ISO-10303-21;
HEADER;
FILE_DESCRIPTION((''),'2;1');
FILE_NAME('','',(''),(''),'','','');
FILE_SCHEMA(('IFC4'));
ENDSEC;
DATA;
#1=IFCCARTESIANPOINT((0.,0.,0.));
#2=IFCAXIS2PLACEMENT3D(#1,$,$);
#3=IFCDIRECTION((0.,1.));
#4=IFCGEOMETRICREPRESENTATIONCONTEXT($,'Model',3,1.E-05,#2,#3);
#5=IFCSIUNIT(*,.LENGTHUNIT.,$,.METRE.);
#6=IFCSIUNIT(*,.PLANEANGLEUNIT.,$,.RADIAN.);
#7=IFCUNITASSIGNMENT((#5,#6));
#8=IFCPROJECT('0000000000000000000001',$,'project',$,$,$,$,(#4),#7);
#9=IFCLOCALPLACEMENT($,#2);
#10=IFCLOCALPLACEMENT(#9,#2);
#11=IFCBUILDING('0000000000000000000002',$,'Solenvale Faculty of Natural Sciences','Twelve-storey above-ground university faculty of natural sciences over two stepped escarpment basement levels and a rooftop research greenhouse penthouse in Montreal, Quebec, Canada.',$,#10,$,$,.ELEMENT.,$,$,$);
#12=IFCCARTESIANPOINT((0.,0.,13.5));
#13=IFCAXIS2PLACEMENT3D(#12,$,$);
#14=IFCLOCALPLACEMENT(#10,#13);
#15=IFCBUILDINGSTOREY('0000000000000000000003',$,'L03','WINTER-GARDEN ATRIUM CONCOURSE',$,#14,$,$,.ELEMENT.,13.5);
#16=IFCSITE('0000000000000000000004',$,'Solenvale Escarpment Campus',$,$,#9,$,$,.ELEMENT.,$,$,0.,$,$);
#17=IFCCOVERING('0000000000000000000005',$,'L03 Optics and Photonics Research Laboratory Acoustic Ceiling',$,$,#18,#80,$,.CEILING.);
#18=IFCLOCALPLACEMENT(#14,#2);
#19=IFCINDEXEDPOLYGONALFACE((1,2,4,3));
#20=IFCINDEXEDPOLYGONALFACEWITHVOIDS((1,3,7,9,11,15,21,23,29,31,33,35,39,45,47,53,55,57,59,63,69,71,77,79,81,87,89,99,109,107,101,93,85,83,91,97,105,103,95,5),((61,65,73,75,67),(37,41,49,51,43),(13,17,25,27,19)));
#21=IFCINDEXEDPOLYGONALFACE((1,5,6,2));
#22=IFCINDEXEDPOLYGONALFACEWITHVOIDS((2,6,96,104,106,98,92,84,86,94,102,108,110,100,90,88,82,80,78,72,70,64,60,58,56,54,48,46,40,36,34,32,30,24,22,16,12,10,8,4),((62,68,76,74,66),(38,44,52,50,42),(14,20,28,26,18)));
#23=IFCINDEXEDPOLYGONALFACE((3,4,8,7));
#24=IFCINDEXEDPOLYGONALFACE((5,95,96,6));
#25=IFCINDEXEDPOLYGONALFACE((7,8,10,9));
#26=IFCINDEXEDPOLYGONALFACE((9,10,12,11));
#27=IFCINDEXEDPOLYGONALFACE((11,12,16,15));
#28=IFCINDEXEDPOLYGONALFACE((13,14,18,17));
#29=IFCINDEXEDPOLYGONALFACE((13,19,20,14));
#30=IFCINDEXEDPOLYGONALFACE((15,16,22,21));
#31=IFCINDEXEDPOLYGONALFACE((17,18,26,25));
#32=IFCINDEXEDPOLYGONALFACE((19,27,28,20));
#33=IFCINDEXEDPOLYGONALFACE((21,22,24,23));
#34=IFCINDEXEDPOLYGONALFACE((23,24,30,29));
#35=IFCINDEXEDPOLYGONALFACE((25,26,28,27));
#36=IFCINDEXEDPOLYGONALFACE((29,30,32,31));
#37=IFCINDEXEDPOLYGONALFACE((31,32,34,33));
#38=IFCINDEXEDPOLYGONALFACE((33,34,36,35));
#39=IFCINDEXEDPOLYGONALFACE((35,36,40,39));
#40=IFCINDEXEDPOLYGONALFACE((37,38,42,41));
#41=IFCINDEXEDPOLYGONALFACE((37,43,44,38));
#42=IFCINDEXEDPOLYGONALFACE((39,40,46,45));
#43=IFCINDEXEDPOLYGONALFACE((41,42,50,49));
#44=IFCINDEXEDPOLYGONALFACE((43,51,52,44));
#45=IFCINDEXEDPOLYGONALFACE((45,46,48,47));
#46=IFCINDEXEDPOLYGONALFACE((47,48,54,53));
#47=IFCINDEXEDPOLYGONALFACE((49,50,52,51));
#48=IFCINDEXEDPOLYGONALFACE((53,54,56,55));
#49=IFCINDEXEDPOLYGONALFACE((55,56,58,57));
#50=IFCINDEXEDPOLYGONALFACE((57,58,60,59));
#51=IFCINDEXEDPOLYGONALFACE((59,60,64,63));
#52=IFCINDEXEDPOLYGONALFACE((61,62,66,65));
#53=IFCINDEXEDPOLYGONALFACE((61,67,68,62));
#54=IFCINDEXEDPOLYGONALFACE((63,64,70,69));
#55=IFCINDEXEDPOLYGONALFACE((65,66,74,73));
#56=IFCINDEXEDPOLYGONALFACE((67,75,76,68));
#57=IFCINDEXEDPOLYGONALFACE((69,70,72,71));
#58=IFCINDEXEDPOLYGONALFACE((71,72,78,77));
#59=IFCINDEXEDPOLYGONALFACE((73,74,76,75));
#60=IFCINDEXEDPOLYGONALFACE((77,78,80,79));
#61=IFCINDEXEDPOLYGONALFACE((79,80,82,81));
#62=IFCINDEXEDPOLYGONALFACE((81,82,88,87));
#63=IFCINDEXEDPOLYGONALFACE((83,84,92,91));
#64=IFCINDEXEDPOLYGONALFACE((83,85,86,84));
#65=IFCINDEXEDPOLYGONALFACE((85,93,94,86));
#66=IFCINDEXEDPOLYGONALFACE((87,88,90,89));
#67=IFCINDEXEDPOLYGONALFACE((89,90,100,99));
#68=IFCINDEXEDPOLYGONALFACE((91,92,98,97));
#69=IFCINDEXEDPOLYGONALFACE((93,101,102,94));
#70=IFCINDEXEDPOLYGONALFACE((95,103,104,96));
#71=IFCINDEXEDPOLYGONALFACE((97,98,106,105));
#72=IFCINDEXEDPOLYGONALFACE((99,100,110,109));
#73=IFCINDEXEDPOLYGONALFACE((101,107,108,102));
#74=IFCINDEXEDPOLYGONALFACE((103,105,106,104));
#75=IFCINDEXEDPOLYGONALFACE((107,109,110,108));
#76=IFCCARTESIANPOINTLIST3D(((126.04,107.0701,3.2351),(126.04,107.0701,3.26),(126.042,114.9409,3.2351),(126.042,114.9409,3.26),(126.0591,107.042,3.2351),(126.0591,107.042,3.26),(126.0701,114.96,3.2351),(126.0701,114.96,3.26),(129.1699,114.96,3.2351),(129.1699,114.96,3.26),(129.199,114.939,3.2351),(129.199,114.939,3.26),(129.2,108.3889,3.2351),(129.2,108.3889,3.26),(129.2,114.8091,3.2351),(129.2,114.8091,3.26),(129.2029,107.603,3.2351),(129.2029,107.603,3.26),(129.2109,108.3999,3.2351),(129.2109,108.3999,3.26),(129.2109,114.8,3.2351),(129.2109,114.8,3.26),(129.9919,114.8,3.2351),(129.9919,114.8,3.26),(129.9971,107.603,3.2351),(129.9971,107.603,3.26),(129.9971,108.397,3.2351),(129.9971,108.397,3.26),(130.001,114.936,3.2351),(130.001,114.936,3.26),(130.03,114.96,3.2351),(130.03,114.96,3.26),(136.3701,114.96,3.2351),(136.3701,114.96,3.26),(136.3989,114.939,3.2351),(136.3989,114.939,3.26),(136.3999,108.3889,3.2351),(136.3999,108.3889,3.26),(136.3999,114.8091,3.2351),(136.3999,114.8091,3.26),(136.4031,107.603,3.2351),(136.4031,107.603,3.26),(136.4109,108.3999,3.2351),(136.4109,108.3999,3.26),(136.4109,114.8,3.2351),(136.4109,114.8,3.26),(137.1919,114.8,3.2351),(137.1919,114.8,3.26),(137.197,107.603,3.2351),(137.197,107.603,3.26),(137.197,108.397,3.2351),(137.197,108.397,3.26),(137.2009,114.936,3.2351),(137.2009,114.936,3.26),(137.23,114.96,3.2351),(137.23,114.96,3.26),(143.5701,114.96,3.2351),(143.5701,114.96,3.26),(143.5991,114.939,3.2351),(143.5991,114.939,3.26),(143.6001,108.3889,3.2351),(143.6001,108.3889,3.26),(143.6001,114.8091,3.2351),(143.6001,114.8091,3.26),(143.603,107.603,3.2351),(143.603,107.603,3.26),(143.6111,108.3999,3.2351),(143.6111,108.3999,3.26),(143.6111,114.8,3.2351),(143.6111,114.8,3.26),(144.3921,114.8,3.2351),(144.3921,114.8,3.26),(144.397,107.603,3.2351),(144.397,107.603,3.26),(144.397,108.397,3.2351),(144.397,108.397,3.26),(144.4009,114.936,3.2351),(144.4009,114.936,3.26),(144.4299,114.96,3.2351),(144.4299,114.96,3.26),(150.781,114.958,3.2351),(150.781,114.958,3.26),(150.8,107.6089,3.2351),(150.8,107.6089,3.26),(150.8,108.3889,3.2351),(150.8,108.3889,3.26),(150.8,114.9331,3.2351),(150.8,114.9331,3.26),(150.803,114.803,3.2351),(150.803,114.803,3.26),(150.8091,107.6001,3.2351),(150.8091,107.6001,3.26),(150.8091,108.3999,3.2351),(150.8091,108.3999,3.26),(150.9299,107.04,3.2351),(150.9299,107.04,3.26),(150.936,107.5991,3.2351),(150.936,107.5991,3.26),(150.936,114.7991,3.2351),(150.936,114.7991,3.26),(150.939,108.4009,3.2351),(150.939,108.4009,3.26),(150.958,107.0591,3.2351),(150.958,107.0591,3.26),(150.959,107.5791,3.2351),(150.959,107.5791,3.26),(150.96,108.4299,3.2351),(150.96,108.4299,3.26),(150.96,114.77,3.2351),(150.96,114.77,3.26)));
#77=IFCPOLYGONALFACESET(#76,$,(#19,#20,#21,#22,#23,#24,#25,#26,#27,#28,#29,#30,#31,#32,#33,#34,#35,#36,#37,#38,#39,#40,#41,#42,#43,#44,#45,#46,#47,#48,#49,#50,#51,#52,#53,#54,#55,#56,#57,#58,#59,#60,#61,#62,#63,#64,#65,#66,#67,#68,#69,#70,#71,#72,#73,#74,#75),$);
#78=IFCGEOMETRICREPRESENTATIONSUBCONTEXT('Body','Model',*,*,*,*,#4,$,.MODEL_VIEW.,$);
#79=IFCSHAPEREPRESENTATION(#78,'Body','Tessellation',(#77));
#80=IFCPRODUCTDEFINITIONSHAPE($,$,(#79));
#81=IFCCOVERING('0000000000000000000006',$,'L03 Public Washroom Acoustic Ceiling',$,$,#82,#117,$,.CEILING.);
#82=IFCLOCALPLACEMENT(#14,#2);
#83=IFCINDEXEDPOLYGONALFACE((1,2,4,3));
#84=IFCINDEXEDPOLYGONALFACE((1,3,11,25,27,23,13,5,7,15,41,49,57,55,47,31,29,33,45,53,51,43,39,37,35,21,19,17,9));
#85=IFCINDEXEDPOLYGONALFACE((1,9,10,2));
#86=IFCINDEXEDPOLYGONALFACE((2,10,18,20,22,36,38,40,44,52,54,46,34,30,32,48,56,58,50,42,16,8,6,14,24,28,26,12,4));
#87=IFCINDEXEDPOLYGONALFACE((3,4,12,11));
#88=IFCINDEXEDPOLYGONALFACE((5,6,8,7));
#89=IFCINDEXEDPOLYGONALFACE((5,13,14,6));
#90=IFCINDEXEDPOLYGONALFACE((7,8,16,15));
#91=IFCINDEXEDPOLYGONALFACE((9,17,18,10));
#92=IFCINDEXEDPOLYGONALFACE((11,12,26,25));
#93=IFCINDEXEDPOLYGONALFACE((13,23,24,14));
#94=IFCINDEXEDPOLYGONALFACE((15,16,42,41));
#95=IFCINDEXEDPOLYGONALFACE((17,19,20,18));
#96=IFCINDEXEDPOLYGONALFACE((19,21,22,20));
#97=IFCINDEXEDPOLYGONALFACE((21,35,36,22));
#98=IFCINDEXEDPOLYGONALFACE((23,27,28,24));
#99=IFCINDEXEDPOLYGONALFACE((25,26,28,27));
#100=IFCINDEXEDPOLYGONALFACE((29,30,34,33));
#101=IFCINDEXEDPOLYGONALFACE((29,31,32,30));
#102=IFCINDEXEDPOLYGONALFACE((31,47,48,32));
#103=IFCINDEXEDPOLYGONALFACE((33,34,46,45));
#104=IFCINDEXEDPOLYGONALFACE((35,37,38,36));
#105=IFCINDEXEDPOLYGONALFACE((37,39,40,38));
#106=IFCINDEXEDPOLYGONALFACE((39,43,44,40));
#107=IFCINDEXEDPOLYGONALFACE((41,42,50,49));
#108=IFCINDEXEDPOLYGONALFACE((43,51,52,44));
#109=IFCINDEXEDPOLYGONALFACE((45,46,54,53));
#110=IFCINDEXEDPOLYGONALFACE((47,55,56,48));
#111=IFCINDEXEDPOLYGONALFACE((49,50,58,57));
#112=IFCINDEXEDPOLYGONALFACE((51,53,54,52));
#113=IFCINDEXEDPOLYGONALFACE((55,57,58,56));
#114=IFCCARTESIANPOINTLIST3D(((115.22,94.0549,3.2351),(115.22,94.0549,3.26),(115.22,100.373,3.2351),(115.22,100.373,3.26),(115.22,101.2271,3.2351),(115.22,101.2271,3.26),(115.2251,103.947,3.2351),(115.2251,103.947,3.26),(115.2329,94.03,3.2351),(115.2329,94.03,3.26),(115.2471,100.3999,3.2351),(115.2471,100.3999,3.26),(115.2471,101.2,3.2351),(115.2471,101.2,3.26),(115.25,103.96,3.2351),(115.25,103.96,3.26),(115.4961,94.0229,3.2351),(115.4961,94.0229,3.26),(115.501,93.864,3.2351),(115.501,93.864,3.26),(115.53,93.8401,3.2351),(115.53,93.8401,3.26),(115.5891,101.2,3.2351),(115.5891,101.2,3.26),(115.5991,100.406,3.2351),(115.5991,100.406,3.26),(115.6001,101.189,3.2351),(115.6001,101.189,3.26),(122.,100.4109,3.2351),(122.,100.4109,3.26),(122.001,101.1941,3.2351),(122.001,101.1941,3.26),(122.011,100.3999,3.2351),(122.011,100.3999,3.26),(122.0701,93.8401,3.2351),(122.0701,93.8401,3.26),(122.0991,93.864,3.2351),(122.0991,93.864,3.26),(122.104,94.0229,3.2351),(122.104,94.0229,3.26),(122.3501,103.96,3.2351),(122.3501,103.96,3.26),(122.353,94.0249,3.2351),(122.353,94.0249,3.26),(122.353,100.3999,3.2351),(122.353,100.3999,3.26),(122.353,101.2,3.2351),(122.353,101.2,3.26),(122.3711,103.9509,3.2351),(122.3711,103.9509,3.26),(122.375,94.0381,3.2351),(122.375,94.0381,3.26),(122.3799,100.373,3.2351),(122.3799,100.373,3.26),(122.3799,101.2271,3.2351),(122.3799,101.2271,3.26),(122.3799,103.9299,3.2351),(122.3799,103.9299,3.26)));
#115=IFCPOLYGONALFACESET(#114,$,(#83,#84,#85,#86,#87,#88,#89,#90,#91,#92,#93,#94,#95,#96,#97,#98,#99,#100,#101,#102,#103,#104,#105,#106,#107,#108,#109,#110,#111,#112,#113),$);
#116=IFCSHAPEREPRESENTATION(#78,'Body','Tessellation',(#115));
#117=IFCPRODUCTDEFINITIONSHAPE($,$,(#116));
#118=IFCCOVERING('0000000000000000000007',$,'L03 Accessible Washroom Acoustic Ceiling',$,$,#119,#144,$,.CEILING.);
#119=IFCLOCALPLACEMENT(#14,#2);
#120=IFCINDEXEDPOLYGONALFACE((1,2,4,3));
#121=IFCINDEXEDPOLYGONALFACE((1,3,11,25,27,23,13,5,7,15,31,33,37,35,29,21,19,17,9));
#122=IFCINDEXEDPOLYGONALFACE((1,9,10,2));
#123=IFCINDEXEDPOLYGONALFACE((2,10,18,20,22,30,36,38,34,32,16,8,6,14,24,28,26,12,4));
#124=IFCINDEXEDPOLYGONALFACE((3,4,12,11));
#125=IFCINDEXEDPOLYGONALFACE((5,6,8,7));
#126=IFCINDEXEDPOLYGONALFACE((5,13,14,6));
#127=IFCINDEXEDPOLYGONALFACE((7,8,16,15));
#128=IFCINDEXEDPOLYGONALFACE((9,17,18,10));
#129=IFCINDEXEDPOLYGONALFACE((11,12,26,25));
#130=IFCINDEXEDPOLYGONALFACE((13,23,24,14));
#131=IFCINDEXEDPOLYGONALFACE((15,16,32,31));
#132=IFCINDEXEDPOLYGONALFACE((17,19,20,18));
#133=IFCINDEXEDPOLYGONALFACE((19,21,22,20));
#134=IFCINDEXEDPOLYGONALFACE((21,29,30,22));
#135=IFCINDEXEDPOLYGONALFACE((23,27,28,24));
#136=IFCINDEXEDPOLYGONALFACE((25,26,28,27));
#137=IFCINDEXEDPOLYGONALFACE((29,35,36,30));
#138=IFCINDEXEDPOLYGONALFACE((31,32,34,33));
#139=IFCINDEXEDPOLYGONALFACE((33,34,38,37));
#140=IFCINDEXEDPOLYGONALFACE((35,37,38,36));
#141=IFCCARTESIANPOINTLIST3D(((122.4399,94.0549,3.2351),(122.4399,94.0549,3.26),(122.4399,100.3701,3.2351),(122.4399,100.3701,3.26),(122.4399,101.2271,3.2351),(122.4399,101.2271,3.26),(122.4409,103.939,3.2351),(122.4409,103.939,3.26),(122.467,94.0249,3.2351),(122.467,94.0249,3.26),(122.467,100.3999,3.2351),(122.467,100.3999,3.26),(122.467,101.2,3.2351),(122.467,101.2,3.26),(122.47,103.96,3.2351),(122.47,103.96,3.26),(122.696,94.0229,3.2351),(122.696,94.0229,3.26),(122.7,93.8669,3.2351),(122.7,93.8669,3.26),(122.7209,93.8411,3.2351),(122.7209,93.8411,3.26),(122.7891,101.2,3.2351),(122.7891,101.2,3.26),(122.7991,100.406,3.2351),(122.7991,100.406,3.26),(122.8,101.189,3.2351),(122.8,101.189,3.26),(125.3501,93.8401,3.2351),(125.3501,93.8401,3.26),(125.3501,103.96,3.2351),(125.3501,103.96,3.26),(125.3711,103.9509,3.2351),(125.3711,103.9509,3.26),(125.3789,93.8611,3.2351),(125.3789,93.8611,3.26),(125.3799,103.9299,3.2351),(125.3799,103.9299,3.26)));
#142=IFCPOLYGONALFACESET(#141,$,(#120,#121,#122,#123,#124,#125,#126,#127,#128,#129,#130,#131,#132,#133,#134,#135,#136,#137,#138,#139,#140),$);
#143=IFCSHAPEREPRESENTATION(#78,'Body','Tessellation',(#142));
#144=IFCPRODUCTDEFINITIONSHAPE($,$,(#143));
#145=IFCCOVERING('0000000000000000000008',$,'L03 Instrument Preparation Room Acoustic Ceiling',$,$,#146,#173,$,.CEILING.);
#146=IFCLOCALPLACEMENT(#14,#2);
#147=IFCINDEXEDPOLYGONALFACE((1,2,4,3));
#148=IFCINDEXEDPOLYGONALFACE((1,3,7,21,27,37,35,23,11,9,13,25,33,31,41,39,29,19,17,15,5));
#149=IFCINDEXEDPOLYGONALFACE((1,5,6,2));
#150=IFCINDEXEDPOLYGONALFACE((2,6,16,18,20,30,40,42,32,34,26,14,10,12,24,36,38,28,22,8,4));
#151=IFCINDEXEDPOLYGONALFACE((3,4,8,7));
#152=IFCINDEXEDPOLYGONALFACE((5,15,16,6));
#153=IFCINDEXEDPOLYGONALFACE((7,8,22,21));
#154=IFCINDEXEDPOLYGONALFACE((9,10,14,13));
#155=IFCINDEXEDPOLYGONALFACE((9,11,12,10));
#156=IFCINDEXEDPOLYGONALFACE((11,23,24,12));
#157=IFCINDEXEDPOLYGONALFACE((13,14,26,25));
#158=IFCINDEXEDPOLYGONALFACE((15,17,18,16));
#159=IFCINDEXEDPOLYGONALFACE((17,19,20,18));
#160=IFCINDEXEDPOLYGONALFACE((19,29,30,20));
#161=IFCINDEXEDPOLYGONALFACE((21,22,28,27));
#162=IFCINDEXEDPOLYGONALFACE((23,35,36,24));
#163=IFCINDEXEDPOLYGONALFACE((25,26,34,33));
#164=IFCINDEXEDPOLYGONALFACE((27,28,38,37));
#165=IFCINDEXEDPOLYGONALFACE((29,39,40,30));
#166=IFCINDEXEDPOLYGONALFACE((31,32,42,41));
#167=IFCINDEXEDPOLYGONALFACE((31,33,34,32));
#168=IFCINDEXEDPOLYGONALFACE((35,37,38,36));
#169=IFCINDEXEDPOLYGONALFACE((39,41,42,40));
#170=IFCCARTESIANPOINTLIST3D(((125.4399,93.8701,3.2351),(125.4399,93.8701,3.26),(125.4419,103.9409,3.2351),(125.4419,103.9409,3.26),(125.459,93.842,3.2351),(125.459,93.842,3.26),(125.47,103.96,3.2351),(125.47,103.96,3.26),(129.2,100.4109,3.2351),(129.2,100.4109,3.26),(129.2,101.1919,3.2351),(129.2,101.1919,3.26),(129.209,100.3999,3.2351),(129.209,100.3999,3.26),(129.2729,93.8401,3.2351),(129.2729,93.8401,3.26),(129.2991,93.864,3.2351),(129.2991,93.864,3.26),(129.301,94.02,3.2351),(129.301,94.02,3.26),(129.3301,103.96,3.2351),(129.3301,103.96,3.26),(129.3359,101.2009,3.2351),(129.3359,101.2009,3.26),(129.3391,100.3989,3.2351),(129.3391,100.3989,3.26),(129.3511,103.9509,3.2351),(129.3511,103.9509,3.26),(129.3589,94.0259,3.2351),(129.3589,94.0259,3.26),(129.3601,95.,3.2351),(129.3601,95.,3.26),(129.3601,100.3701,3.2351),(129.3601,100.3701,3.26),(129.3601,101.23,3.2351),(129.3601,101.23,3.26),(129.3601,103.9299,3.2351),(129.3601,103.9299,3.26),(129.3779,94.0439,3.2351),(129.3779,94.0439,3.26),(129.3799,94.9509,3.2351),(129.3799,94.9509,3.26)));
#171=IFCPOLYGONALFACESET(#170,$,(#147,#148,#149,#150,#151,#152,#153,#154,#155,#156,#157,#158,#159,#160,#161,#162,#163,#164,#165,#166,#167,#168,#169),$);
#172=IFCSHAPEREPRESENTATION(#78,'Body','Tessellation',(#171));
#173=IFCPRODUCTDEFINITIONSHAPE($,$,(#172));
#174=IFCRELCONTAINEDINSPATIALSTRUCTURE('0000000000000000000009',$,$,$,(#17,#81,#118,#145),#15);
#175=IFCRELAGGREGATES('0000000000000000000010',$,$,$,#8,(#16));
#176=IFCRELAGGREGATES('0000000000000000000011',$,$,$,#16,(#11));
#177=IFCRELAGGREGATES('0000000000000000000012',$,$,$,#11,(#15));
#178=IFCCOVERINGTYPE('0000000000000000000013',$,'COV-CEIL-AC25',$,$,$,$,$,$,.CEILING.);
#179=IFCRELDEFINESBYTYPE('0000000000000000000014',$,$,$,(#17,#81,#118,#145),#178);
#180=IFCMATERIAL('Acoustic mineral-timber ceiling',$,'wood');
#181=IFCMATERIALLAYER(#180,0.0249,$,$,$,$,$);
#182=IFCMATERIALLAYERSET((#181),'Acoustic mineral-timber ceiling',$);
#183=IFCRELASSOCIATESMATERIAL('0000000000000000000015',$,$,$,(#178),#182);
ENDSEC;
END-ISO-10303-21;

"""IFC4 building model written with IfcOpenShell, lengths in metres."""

from ifc_helpers import new_model, si_unit, direction, frame, origin, place, context, subcontext, project, spatial, polyline, outline, extrude, material, layer, layer_set, type_object, element, save


model = new_model("IFC4")

# Units and contexts
model_context = context("Model", 3, precision=1e-05, world=origin(), true_north=direction((0.0, 1.0)))
body_context = subcontext(model_context, "Body", "Model", "MODEL_VIEW")
ifc_project = project(units=[si_unit("LENGTHUNIT", "METRE"), si_unit("PLANEANGLEUNIT", "RADIAN")], contexts=[model_context])

# Site, building, storey
site_placement = place(None, origin())
site = spatial("IfcSite", under=ifc_project, at=site_placement, Name="Solenvale Escarpment Campus", CompositionType="ELEMENT", RefElevation=0.0)
building_placement = place(site_placement, origin())
building = spatial("IfcBuilding", under=site, at=building_placement, Name="Solenvale Faculty of Natural Sciences", Description="Twelve-storey above-ground university faculty of natural sciences over two stepped escarpment basement levels and a rooftop research greenhouse penthouse in Montreal, Quebec, Canada.", CompositionType="ELEMENT")
storey_placement = place(building_placement, frame((0.0, 0.0, 13.5)))
storey = spatial("IfcBuildingStorey", under=building, at=storey_placement, Name="L03", Description="WINTER-GARDEN ATRIUM CONCOURSE", CompositionType="ELEMENT", Elevation=13.5)

# Coverings
ifc_material_1 = material(Name="Acoustic mineral-timber ceiling", Category="wood")
ifc_layer_1 = layer(ifc_material_1, 0.0249)
ifc_layer_set_1 = layer_set([ifc_layer_1], Name="Acoustic mineral-timber ceiling")
covering_type_1 = type_object("IfcCoveringType", Name="COV-CEIL-AC25", PredefinedType="CEILING", material=ifc_layer_set_1)
covering_1_placement = place(storey_placement, frame((0.0, 0.0, 3.2351)))
element("IfcCovering", 1, at=covering_1_placement, inside=storey, type_object=covering_type_1, Name="L03 Optics and Photonics Research Laboratory Acoustic Ceiling", PredefinedType="CEILING", context=body_context, shape_type="SweptSolid", body=[
    extrude(outline(polyline([(129.1699, 114.96), (129.199, 114.939), (129.2, 114.8091), (129.2109, 114.8), (129.9919, 114.8), (130.001, 114.936), (130.03, 114.96), (136.3701, 114.96), (136.3989, 114.939), (136.3999, 114.8091), (136.4109, 114.8), (137.1919, 114.8), (137.2009, 114.936), (137.23, 114.96), (143.5701, 114.96), (143.5991, 114.939), (143.6001, 114.8091), (143.6111, 114.8), (144.3921, 114.8), (144.4009, 114.936), (144.4299, 114.96), (150.781, 114.958), (150.8, 114.9331), (150.803, 114.803), (150.936, 114.7991), (150.96, 114.77), (150.96, 108.4299), (150.939, 108.4009), (150.8091, 108.3999), (150.8, 108.3889), (150.8, 107.6089), (150.8091, 107.6001), (150.936, 107.5991), (150.959, 107.5791), (150.958, 107.0591), (150.9299, 107.04), (126.0591, 107.042), (126.04, 107.0701), (126.042, 114.9409), (126.0701, 114.96), (129.1699, 114.96)]), holes=[polyline([(143.6111, 108.3999), (143.6001, 108.3889), (143.603, 107.603), (144.397, 107.603), (144.397, 108.397), (143.6111, 108.3999)]), polyline([(136.4109, 108.3999), (136.3999, 108.3889), (136.4031, 107.603), (137.197, 107.603), (137.197, 108.397), (136.4109, 108.3999)]), polyline([(129.2109, 108.3999), (129.2, 108.3889), (129.2029, 107.603), (129.9971, 107.603), (129.9971, 108.397), (129.2109, 108.3999)])]), origin(), (0.0, 0.0, 1.0), 0.0249),
])
covering_2_placement = place(storey_placement, frame((0.0, 0.0, 3.2351)))
element("IfcCovering", 2, at=covering_2_placement, inside=storey, type_object=covering_type_1, Name="L03 Public Washroom Acoustic Ceiling", PredefinedType="CEILING", context=body_context, shape_type="SweptSolid", body=[
    extrude(outline(polyline([(122.3501, 103.96), (122.3711, 103.9509), (122.3799, 103.9299), (122.3799, 101.2271), (122.353, 101.2), (122.001, 101.1941), (122.0, 100.4109), (122.011, 100.3999), (122.353, 100.3999), (122.3799, 100.373), (122.375, 94.0381), (122.353, 94.0249), (122.104, 94.0229), (122.0991, 93.864), (122.0701, 93.8401), (115.53, 93.8401), (115.501, 93.864), (115.4961, 94.0229), (115.2329, 94.03), (115.22, 94.0549), (115.22, 100.373), (115.2471, 100.3999), (115.5991, 100.406), (115.6001, 101.189), (115.5891, 101.2), (115.2471, 101.2), (115.22, 101.2271), (115.2251, 103.947), (115.25, 103.96), (122.3501, 103.96)])), origin(), (0.0, 0.0, 1.0), 0.0249),
])
covering_3_placement = place(storey_placement, frame((0.0, 0.0, 3.2351)))
element("IfcCovering", 3, at=covering_3_placement, inside=storey, type_object=covering_type_1, Name="L03 Accessible Washroom Acoustic Ceiling", PredefinedType="CEILING", context=body_context, shape_type="SweptSolid", body=[
    extrude(outline(polyline([(125.3501, 103.96), (125.3711, 103.9509), (125.3799, 103.9299), (125.3789, 93.8611), (125.3501, 93.8401), (122.7209, 93.8411), (122.7, 93.8669), (122.696, 94.0229), (122.467, 94.0249), (122.4399, 94.0549), (122.4399, 100.3701), (122.467, 100.3999), (122.7991, 100.406), (122.8, 101.189), (122.7891, 101.2), (122.467, 101.2), (122.4399, 101.2271), (122.4409, 103.939), (122.47, 103.96), (125.3501, 103.96)])), origin(), (0.0, 0.0, 1.0), 0.0249),
])
covering_4_placement = place(storey_placement, frame((0.0, 0.0, 3.2351)))
element("IfcCovering", 4, at=covering_4_placement, inside=storey, type_object=covering_type_1, Name="L03 Instrument Preparation Room Acoustic Ceiling", PredefinedType="CEILING", context=body_context, shape_type="SweptSolid", body=[
    extrude(outline(polyline([(129.3301, 103.96), (129.3511, 103.9509), (129.3601, 103.9299), (129.3601, 101.23), (129.3359, 101.2009), (129.2, 101.1919), (129.2, 100.4109), (129.209, 100.3999), (129.3391, 100.3989), (129.3601, 100.3701), (129.3601, 95.0), (129.3799, 94.9509), (129.3779, 94.0439), (129.3589, 94.0259), (129.301, 94.02), (129.2991, 93.864), (129.2729, 93.8401), (125.459, 93.842), (125.4399, 93.8701), (125.4419, 103.9409), (125.47, 103.96), (129.3301, 103.96)])), origin(), (0.0, 0.0, 1.0), 0.0249),
])

save(model, "model.ifc")
